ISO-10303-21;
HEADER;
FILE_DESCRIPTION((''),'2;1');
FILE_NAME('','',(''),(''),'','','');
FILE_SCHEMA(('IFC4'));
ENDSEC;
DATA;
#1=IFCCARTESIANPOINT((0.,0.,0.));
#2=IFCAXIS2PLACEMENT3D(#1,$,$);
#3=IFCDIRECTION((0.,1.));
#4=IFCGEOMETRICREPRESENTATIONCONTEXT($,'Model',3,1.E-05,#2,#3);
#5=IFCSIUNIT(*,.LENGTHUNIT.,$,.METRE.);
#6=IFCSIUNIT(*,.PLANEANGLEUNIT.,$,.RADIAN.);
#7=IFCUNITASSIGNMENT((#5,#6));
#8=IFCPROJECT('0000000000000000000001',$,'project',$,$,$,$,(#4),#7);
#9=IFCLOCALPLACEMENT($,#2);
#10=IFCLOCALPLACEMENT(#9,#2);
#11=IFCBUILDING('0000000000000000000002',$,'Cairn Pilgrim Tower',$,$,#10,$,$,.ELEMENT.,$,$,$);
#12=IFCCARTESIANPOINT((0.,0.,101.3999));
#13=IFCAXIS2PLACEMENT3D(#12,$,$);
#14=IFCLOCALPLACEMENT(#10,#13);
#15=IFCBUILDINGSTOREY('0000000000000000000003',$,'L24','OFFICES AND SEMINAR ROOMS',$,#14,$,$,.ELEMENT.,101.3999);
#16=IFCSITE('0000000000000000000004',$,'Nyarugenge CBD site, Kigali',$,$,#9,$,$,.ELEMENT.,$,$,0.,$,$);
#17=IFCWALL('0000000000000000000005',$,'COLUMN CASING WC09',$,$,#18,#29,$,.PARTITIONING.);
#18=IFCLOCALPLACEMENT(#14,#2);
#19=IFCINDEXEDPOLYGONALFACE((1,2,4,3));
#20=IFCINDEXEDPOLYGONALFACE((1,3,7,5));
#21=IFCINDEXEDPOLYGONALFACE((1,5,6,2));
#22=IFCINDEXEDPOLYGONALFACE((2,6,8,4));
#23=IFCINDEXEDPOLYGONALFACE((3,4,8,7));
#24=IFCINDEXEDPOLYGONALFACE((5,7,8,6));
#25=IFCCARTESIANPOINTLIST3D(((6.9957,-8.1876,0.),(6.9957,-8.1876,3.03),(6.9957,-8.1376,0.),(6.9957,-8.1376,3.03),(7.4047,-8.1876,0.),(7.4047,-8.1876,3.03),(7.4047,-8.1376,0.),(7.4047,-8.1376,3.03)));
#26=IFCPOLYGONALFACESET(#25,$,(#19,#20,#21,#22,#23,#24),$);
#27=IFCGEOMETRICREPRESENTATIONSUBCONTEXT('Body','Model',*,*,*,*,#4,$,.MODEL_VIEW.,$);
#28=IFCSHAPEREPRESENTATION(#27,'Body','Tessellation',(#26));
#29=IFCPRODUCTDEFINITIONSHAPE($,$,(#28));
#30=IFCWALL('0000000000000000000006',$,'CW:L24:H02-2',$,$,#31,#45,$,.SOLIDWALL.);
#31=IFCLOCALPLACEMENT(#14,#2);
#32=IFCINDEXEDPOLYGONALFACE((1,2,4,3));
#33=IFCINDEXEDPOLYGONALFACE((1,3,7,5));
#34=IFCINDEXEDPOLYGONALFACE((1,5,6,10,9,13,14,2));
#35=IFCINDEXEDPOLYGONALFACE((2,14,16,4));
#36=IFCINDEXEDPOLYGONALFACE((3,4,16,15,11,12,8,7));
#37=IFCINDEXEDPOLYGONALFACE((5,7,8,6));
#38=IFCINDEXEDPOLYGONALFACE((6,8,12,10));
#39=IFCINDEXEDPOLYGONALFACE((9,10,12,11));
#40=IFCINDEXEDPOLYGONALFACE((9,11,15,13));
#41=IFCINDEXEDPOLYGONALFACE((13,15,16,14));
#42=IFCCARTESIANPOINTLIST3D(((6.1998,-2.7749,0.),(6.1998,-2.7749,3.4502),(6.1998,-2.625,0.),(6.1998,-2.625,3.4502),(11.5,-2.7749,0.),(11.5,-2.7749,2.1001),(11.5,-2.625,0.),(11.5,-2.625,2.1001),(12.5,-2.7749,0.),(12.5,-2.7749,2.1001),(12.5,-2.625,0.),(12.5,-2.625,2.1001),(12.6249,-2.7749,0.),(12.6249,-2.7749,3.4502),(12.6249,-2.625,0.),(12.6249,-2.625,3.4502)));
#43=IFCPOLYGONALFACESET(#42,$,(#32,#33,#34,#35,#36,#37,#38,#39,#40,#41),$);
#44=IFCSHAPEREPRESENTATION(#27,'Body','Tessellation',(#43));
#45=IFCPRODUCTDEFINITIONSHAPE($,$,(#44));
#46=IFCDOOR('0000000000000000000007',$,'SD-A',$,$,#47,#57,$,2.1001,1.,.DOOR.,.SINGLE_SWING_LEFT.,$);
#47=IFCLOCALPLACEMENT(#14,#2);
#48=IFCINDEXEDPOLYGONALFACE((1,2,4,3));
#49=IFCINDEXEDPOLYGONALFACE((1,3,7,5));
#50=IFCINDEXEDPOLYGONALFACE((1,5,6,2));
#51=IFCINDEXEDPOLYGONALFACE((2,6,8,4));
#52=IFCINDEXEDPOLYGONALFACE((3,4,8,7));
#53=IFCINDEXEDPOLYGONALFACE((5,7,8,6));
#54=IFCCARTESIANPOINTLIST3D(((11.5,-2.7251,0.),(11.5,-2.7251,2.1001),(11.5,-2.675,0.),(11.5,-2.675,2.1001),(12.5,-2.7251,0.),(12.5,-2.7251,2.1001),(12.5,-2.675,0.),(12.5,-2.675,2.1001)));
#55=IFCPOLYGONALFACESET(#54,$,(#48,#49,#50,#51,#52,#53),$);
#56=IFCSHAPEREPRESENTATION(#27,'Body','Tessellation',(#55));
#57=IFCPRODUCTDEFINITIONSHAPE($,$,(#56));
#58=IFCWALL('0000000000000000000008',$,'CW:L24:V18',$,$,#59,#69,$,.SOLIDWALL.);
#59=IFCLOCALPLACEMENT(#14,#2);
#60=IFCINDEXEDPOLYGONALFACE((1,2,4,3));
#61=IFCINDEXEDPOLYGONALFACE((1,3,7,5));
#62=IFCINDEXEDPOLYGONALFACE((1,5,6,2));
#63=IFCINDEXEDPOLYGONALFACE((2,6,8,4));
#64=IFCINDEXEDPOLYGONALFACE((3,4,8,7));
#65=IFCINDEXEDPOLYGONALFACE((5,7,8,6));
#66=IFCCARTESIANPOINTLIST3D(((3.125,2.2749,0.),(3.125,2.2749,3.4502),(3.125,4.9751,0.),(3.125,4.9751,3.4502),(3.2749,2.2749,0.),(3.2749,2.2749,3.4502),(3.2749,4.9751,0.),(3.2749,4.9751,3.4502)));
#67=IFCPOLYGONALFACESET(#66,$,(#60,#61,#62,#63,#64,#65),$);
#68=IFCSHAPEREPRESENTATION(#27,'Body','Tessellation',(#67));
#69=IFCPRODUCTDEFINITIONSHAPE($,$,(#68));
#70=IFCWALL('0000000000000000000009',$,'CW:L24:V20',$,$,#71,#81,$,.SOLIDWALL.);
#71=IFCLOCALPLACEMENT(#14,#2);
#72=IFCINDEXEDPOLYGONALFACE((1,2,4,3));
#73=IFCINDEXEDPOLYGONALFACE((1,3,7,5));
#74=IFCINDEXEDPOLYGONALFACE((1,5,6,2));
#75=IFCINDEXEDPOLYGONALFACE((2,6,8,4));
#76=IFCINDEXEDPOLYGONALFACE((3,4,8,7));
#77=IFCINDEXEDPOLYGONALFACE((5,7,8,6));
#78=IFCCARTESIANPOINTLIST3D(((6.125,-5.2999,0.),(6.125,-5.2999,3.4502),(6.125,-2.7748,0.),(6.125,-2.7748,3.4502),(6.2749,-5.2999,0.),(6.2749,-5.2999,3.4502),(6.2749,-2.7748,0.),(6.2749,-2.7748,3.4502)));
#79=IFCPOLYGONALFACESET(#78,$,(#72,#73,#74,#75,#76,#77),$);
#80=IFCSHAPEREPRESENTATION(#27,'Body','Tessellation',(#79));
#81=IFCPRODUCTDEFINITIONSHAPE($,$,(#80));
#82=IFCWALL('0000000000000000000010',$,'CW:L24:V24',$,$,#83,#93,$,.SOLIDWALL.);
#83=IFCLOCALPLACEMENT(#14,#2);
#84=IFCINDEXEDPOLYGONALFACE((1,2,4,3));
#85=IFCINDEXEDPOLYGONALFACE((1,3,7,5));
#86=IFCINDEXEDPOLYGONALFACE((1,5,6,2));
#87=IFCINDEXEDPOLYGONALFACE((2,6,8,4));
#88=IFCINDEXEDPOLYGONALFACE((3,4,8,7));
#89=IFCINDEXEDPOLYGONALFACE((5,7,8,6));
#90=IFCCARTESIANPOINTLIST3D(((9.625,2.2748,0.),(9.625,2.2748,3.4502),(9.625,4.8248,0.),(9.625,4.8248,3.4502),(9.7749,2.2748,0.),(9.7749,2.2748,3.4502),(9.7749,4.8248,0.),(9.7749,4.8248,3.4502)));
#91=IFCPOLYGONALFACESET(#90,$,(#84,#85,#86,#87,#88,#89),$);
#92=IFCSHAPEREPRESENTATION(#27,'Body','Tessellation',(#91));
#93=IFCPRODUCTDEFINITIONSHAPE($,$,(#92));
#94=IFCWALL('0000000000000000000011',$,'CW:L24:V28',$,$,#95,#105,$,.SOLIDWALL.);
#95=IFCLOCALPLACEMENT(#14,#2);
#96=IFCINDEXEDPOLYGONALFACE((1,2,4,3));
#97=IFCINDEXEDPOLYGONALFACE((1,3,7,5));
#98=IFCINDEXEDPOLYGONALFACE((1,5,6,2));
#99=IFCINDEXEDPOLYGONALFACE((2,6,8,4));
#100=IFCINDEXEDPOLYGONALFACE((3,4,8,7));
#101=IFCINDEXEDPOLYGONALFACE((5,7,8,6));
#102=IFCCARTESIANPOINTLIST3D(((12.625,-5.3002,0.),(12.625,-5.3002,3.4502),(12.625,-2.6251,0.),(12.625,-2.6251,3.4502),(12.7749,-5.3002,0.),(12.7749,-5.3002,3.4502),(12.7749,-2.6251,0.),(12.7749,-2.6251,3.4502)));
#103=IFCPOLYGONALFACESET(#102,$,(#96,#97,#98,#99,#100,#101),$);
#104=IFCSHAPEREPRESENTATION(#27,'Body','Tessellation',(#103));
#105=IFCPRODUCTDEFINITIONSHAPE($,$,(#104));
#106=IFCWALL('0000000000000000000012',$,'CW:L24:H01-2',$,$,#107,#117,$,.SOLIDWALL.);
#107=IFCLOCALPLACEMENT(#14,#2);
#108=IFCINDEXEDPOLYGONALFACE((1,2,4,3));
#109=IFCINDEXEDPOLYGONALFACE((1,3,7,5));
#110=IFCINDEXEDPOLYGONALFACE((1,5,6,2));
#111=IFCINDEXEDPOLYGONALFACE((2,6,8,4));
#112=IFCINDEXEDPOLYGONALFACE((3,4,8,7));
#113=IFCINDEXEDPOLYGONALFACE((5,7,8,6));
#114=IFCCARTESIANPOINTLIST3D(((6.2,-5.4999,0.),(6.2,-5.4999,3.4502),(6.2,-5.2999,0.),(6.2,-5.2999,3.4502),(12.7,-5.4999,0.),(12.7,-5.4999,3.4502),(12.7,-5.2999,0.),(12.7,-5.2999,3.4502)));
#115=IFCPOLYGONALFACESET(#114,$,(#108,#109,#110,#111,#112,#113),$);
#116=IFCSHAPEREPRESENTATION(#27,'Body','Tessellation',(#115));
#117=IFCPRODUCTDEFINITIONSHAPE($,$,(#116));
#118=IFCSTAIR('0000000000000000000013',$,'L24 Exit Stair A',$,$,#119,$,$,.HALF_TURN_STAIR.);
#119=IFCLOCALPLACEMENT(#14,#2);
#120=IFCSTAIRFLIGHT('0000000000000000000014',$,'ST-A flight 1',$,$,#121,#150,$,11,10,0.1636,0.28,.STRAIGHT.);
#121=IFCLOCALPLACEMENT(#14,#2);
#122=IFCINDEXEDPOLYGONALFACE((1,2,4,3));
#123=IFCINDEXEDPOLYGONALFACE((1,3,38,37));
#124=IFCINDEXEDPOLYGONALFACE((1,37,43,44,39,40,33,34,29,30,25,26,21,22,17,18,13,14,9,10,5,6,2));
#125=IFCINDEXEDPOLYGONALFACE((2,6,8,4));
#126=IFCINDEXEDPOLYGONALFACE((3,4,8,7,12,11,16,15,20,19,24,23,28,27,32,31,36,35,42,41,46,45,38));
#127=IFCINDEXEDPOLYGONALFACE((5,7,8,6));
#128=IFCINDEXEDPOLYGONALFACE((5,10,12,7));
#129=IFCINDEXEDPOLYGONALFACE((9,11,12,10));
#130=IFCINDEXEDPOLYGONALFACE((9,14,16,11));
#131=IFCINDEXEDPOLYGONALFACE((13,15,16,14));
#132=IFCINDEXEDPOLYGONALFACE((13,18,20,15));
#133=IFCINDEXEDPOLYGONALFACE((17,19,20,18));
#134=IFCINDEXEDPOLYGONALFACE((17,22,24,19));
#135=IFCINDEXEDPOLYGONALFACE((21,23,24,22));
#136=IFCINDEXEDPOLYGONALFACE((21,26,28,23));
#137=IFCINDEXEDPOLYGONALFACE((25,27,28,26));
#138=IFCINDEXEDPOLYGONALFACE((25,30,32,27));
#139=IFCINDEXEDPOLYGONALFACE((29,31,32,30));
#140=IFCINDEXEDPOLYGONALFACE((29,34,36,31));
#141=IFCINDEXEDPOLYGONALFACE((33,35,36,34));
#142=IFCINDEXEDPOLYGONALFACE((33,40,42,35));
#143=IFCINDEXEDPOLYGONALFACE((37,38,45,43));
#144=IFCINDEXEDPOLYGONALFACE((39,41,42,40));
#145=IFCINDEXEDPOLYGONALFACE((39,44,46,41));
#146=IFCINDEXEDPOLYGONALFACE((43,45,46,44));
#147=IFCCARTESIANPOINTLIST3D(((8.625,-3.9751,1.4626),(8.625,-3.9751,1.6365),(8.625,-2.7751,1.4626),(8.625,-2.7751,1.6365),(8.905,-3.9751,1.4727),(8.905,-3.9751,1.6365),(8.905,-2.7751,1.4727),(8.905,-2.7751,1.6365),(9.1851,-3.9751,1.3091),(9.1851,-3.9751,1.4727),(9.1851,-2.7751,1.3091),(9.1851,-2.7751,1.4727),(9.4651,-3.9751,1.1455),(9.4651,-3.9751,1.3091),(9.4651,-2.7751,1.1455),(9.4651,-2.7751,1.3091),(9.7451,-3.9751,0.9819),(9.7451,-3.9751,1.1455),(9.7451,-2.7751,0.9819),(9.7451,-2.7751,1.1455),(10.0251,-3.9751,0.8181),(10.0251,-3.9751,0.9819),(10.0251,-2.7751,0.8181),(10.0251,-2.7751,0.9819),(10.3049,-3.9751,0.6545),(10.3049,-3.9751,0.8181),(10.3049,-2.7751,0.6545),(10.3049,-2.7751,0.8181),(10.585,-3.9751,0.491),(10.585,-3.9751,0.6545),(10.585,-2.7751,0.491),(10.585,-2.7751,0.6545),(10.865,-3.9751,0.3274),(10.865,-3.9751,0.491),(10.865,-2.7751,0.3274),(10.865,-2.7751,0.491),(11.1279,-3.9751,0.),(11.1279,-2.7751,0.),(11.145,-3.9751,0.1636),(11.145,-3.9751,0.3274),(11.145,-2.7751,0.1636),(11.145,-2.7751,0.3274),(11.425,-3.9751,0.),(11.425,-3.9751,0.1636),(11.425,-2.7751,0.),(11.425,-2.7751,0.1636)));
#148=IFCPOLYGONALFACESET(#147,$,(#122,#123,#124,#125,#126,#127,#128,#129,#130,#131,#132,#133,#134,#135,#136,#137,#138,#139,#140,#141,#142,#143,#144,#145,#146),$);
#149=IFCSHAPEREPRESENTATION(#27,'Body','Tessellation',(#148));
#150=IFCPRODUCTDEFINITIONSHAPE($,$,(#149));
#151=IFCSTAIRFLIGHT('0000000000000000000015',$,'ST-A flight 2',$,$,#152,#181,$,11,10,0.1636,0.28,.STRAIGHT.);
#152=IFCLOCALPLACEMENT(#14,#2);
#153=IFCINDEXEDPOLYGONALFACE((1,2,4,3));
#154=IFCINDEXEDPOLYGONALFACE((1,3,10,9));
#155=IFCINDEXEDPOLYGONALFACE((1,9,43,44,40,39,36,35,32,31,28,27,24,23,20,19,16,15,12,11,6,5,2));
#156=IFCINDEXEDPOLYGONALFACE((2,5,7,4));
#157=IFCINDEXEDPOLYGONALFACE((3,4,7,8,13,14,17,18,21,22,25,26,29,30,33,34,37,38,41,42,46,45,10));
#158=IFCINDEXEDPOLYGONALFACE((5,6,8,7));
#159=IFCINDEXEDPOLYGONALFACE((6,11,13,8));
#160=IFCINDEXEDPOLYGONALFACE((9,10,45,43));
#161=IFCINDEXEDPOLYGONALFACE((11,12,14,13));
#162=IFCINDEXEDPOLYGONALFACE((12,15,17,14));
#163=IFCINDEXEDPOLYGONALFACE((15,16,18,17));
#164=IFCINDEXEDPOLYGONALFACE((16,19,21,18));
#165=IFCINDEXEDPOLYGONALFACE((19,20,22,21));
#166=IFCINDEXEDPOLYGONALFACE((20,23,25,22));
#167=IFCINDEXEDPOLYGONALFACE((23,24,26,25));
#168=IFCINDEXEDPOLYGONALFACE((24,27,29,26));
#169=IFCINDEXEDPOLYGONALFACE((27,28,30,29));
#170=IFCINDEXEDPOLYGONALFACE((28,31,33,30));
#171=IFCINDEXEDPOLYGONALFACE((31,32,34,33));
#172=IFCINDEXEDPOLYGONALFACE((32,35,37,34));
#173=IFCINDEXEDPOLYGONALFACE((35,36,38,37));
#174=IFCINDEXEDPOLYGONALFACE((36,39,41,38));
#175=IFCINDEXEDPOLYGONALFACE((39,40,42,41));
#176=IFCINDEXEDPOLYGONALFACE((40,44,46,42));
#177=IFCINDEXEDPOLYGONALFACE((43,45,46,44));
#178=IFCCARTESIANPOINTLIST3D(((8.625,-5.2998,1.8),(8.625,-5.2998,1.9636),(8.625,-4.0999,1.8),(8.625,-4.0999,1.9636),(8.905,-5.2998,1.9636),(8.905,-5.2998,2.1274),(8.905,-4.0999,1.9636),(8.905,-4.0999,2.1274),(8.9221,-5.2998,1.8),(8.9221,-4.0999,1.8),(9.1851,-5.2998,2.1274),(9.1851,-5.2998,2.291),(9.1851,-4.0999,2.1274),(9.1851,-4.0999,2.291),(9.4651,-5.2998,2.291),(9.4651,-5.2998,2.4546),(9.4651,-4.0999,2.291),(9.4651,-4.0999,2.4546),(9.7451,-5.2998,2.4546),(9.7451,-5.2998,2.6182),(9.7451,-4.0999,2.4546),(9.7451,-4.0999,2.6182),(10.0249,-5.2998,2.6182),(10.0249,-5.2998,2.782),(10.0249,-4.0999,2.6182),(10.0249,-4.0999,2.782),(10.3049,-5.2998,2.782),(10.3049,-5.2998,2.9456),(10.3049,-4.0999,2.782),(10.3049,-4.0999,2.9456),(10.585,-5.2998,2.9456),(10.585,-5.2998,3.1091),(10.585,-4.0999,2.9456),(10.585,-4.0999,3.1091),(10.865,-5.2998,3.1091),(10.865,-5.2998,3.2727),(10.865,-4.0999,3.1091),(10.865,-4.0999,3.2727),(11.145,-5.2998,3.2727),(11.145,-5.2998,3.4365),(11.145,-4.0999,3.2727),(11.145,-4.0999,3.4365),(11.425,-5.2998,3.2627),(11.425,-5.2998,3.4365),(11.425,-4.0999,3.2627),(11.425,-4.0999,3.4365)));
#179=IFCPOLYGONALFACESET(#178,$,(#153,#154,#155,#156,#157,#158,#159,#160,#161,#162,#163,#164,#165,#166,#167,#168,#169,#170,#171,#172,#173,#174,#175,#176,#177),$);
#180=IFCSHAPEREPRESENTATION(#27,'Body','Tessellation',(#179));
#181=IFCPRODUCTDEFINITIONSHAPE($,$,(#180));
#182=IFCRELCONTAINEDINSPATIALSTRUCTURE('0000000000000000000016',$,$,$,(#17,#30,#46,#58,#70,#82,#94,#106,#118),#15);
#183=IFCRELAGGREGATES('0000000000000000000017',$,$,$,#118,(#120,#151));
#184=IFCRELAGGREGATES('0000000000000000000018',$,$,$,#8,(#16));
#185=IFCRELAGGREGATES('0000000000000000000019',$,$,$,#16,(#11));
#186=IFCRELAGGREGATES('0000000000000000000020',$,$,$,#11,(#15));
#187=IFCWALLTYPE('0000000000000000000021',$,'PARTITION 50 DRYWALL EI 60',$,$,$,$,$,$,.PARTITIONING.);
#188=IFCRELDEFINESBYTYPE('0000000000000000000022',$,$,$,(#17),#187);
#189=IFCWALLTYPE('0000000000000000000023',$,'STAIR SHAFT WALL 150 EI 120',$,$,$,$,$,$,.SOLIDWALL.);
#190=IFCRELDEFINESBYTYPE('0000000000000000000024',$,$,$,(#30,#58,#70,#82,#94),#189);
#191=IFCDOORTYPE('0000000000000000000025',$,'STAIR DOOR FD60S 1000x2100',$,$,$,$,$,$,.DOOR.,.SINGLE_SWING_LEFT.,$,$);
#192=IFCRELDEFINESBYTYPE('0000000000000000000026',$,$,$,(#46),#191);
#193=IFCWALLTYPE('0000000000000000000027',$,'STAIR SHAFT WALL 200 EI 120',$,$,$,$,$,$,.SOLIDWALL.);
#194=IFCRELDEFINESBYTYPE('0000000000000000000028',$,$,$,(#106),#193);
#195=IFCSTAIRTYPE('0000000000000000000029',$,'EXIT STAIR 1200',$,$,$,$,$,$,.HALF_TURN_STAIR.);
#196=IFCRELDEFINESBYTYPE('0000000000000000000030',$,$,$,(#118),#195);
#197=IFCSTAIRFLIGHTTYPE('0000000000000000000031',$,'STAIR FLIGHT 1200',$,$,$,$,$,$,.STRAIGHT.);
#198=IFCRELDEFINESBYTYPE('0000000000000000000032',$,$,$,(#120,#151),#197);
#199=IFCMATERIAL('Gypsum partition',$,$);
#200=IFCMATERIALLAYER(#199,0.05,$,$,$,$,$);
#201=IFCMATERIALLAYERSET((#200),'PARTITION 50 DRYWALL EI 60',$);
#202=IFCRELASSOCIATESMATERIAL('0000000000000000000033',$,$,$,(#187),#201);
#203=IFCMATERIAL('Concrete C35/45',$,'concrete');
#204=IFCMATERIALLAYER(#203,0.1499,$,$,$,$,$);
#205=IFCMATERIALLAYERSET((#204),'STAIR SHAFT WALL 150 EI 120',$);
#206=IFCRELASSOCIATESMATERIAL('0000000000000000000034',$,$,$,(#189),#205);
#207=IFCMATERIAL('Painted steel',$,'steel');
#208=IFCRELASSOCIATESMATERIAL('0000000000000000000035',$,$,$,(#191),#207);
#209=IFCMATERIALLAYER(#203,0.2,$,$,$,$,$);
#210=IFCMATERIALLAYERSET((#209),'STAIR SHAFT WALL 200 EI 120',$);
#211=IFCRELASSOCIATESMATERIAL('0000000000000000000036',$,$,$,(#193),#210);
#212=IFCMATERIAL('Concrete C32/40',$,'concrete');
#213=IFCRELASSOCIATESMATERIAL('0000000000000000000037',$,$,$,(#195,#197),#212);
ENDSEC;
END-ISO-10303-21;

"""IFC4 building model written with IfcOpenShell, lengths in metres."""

from ifc_helpers import new_model, si_unit, direction, frame, frame_2d, origin, place, context, subcontext, project, spatial, polyline, rectangle, outline, extrude, material, layer, layer_set, type_object, element, fill, aggregate, save


model = new_model("IFC4")

# Units and contexts
model_context = context("Model", 3, precision=1e-05, world=origin(), true_north=direction((0.0, 1.0)))
body_context = subcontext(model_context, "Body", "Model", "MODEL_VIEW")
ifc_project = project(units=[si_unit("LENGTHUNIT", "METRE"), si_unit("PLANEANGLEUNIT", "RADIAN")], contexts=[model_context])

# Site, building, storey
site_placement = place(None, origin())
site = spatial("IfcSite", under=ifc_project, at=site_placement, Name="Nyarugenge CBD site, Kigali", CompositionType="ELEMENT", RefElevation=0.0)
building_placement = place(site_placement, origin())
building = spatial("IfcBuilding", under=site, at=building_placement, Name="Cairn Pilgrim Tower", CompositionType="ELEMENT")
storey_placement = place(building_placement, frame((0.0, 0.0, 101.3999)))
storey = spatial("IfcBuildingStorey", under=building, at=storey_placement, Name="L24", Description="OFFICES AND SEMINAR ROOMS", CompositionType="ELEMENT", Elevation=101.3999)

# Shared definitions
ifc_material_1 = material(Name="Concrete C32/40", Category="concrete")

# Shared definitions
ifc_material_2 = material(Name="Painted steel", Category="steel")

# Wall
ifc_material_3 = material(Name="Gypsum partition")
ifc_layer_1 = layer(ifc_material_3, 0.05)
ifc_layer_set_1 = layer_set([ifc_layer_1], Name="PARTITION 50 DRYWALL EI 60")
wall_type_1 = type_object("IfcWallType", Name="PARTITION 50 DRYWALL EI 60", PredefinedType="PARTITIONING", material=ifc_layer_set_1)
wall_1_placement = place(storey_placement, frame((6.9956, -8.1626, 0.0), z_axis=(0.0, 0.0, 1.0), x_axis=(1.0, 0.0, 0.0)))
element("IfcWall", 1, at=wall_1_placement, inside=storey, type_object=wall_type_1, Name="COLUMN CASING WC09", PredefinedType="PARTITIONING", context=body_context, shape_type="SweptSolid", body=[
    extrude(rectangle(XDim=0.4089, YDim=0.05, at=frame_2d((0.2046, 0.0))), origin(), (0.0, 0.0, 1.0), 3.03),
])

# Wall, opening, door
ifc_material_4 = material(Name="Concrete C35/45", Category="concrete")
ifc_layer_2 = layer(ifc_material_4, 0.1499)
ifc_layer_set_2 = layer_set([ifc_layer_2], Name="STAIR SHAFT WALL 150 EI 120")
wall_type_2 = type_object("IfcWallType", Name="STAIR SHAFT WALL 150 EI 120", PredefinedType="SOLIDWALL", material=ifc_layer_set_2)
wall_2_placement = place(storey_placement, frame((6.2, -2.7, 0.0), z_axis=(0.0, 0.0, 1.0), x_axis=(1.0, 0.0, 0.0)))
wall_2 = element("IfcWall", 2, at=wall_2_placement, inside=storey, type_object=wall_type_2, Name="CW:L24:H02-2", PredefinedType="SOLIDWALL", context=body_context, shape_type="SweptSolid", body=[
    extrude(rectangle(XDim=6.425, YDim=0.1499, at=frame_2d((3.2124, 0.0))), origin(), (0.0, 0.0, 1.0), 3.4502),
])
opening_1_placement = place(wall_2_placement, frame((5.3, 0.0, 0.0)))
opening_1 = element("IfcOpeningElement", 3, at=opening_1_placement, cuts=wall_2, PredefinedType="OPENING", context=body_context, shape_type="SweptSolid", body=[
    extrude(rectangle(XDim=1.0, YDim=2.1001, at=frame_2d((0.5, 1.05))), frame((0.0, 0.085, 0.0), z_axis=(0.0, -1.0, 0.0), x_axis=(1.0, 0.0, 0.0)), (0.0, 0.0, 1.0), 0.1699),
])
door_type_1 = type_object("IfcDoorType", Name="STAIR DOOR FD60S 1000x2100", OperationType="SINGLE_SWING_LEFT", PredefinedType="DOOR", material=ifc_material_2)
door_1_placement = place(opening_1_placement, origin())
door_1 = element("IfcDoor", 4, at=door_1_placement, inside=storey, type_object=door_type_1, Name="SD-A", OperationType="SINGLE_SWING_LEFT", OverallHeight=2.1001, OverallWidth=1.0, PredefinedType="DOOR", context=body_context, shape_type="SweptSolid", body=[
    extrude(rectangle(XDim=1.0, YDim=2.1001, at=frame_2d((0.5, 1.05))), frame((0.0, 0.0249, 0.0), z_axis=(0.0, -1.0, 0.0), x_axis=(1.0, 0.0, 0.0)), (0.0, 0.0, 1.0), 0.05),
])
fill(opening_1, door_1)

# Walls
wall_3_placement = place(storey_placement, frame((3.2, 2.2749, 0.0), z_axis=(0.0, 0.0, 1.0), x_axis=(0.0, 1.0, 0.0)))
element("IfcWall", 5, at=wall_3_placement, inside=storey, type_object=wall_type_2, Name="CW:L24:V18", PredefinedType="SOLIDWALL", context=body_context, shape_type="SweptSolid", body=[
    extrude(rectangle(XDim=2.7002, YDim=0.1499, at=frame_2d((1.3501, 0.0))), origin(), (0.0, 0.0, 1.0), 3.4502),
])
wall_4_placement = place(storey_placement, frame((6.2, -5.3, 0.0), z_axis=(0.0, 0.0, 1.0), x_axis=(0.0, 1.0, 0.0)))
element("IfcWall", 6, at=wall_4_placement, inside=storey, type_object=wall_type_2, Name="CW:L24:V20", PredefinedType="SOLIDWALL", context=body_context, shape_type="SweptSolid", body=[
    extrude(rectangle(XDim=2.5251, YDim=0.1499, at=frame_2d((1.2627, 0.0))), origin(), (0.0, 0.0, 1.0), 3.4502),
])
wall_5_placement = place(storey_placement, frame((9.7, 2.2749, 0.0), z_axis=(0.0, 0.0, 1.0), x_axis=(0.0, 1.0, 0.0)))
element("IfcWall", 7, at=wall_5_placement, inside=storey, type_object=wall_type_2, Name="CW:L24:V24", PredefinedType="SOLIDWALL", context=body_context, shape_type="SweptSolid", body=[
    extrude(rectangle(XDim=2.55, YDim=0.1499, at=frame_2d((1.2749, 0.0))), origin(), (0.0, 0.0, 1.0), 3.4502),
])
wall_6_placement = place(storey_placement, frame((12.7, -5.3, 0.0), z_axis=(0.0, 0.0, 1.0), x_axis=(0.0, 1.0, 0.0)))
element("IfcWall", 8, at=wall_6_placement, inside=storey, type_object=wall_type_2, Name="CW:L24:V28", PredefinedType="SOLIDWALL", context=body_context, shape_type="SweptSolid", body=[
    extrude(rectangle(XDim=2.675, YDim=0.1499, at=frame_2d((1.3374, 0.0))), origin(), (0.0, 0.0, 1.0), 3.4502),
])
ifc_layer_3 = layer(ifc_material_4, 0.2)
ifc_layer_set_3 = layer_set([ifc_layer_3], Name="STAIR SHAFT WALL 200 EI 120")
wall_type_3 = type_object("IfcWallType", Name="STAIR SHAFT WALL 200 EI 120", PredefinedType="SOLIDWALL", material=ifc_layer_set_3)
wall_7_placement = place(storey_placement, frame((6.2, -5.3999, 0.0), z_axis=(0.0, 0.0, 1.0), x_axis=(1.0, 0.0, 0.0)))
element("IfcWall", 9, at=wall_7_placement, inside=storey, type_object=wall_type_3, Name="CW:L24:H01-2", PredefinedType="SOLIDWALL", context=body_context, shape_type="SweptSolid", body=[
    extrude(rectangle(XDim=6.5, YDim=0.2, at=frame_2d((3.25, 0.0))), origin(), (0.0, 0.0, 1.0), 3.4502),
])

# Stair, stair flights
stair_type = type_object("IfcStairType", Name="EXIT STAIR 1200", PredefinedType="HALF_TURN_STAIR", material=ifc_material_1)
stair_placement = place(storey_placement, origin())
stair = element("IfcStair", 10, at=stair_placement, inside=storey, type_object=stair_type, Name="L24 Exit Stair A", PredefinedType="HALF_TURN_STAIR")
stair_flight_type = type_object("IfcStairFlightType", Name="STAIR FLIGHT 1200", PredefinedType="STRAIGHT", material=ifc_material_1)
stair_flight_1_placement = place(storey_placement, frame((11.425, -3.375, 0.0), z_axis=(0.0, 0.0, 1.0), x_axis=(-1.0, 0.0, 0.0)))
stair_flight_1 = element("IfcStairFlight", 11, at=stair_flight_1_placement, type_object=stair_flight_type, Name="ST-A flight 1", NumberOfRisers=11, NumberOfTreads=10, PredefinedType="STRAIGHT", RiserHeight=0.1636, TreadLength=0.28, context=body_context, shape_type="SweptSolid", body=[
    extrude(outline(polyline([(0.0, 0.0), (0.0, 0.1636), (0.28, 0.1636), (0.28, 0.3274), (0.5601, 0.3274), (0.5601, 0.491), (0.8401, 0.491), (0.8401, 0.6545), (1.1201, 0.6545), (1.1201, 0.8181), (1.3999, 0.8181), (1.3999, 0.9819), (1.6799, 0.9819), (1.6799, 1.1455), (1.96, 1.1455), (1.96, 1.3091), (2.24, 1.3091), (2.24, 1.4727), (2.52, 1.4727), (2.52, 1.6365), (2.8, 1.6365), (2.8, 1.8), (2.8, 1.4626), (0.2971, 0.0), (0.0, 0.0)])), frame((0.0, 0.6001, 0.0), z_axis=(0.0, -1.0, 0.0), x_axis=(1.0, 0.0, 0.0)), (0.0, 0.0, 1.0), 1.2),
])
stair_flight_2_placement = place(storey_placement, frame((8.625, -4.7, 1.8), z_axis=(0.0, 0.0, 1.0), x_axis=(1.0, 0.0, 0.0)))
stair_flight_2 = element("IfcStairFlight", 12, at=stair_flight_2_placement, type_object=stair_flight_type, Name="ST-A flight 2", NumberOfRisers=11, NumberOfTreads=10, PredefinedType="STRAIGHT", RiserHeight=0.1636, TreadLength=0.28, context=body_context, shape_type="SweptSolid", body=[
    extrude(outline(polyline([(0.0, 0.0), (0.0, 0.1636), (0.28, 0.1636), (0.28, 0.3274), (0.5601, 0.3274), (0.5601, 0.491), (0.8401, 0.491), (0.8401, 0.6545), (1.1201, 0.6545), (1.1201, 0.8181), (1.3999, 0.8181), (1.3999, 0.9819), (1.6799, 0.9819), (1.6799, 1.1455), (1.96, 1.1455), (1.96, 1.3091), (2.24, 1.3091), (2.24, 1.4727), (2.52, 1.4727), (2.52, 1.6365), (2.8, 1.6365), (2.8, 1.8), (2.8, 1.4626), (0.2971, 0.0), (0.0, 0.0)])), frame((0.0, 0.6001, 0.0), z_axis=(0.0, -1.0, 0.0), x_axis=(1.0, 0.0, 0.0)), (0.0, 0.0, 1.0), 1.2),
])
aggregate(stair, [stair_flight_1, stair_flight_2])

save(model, "model.ifc")
